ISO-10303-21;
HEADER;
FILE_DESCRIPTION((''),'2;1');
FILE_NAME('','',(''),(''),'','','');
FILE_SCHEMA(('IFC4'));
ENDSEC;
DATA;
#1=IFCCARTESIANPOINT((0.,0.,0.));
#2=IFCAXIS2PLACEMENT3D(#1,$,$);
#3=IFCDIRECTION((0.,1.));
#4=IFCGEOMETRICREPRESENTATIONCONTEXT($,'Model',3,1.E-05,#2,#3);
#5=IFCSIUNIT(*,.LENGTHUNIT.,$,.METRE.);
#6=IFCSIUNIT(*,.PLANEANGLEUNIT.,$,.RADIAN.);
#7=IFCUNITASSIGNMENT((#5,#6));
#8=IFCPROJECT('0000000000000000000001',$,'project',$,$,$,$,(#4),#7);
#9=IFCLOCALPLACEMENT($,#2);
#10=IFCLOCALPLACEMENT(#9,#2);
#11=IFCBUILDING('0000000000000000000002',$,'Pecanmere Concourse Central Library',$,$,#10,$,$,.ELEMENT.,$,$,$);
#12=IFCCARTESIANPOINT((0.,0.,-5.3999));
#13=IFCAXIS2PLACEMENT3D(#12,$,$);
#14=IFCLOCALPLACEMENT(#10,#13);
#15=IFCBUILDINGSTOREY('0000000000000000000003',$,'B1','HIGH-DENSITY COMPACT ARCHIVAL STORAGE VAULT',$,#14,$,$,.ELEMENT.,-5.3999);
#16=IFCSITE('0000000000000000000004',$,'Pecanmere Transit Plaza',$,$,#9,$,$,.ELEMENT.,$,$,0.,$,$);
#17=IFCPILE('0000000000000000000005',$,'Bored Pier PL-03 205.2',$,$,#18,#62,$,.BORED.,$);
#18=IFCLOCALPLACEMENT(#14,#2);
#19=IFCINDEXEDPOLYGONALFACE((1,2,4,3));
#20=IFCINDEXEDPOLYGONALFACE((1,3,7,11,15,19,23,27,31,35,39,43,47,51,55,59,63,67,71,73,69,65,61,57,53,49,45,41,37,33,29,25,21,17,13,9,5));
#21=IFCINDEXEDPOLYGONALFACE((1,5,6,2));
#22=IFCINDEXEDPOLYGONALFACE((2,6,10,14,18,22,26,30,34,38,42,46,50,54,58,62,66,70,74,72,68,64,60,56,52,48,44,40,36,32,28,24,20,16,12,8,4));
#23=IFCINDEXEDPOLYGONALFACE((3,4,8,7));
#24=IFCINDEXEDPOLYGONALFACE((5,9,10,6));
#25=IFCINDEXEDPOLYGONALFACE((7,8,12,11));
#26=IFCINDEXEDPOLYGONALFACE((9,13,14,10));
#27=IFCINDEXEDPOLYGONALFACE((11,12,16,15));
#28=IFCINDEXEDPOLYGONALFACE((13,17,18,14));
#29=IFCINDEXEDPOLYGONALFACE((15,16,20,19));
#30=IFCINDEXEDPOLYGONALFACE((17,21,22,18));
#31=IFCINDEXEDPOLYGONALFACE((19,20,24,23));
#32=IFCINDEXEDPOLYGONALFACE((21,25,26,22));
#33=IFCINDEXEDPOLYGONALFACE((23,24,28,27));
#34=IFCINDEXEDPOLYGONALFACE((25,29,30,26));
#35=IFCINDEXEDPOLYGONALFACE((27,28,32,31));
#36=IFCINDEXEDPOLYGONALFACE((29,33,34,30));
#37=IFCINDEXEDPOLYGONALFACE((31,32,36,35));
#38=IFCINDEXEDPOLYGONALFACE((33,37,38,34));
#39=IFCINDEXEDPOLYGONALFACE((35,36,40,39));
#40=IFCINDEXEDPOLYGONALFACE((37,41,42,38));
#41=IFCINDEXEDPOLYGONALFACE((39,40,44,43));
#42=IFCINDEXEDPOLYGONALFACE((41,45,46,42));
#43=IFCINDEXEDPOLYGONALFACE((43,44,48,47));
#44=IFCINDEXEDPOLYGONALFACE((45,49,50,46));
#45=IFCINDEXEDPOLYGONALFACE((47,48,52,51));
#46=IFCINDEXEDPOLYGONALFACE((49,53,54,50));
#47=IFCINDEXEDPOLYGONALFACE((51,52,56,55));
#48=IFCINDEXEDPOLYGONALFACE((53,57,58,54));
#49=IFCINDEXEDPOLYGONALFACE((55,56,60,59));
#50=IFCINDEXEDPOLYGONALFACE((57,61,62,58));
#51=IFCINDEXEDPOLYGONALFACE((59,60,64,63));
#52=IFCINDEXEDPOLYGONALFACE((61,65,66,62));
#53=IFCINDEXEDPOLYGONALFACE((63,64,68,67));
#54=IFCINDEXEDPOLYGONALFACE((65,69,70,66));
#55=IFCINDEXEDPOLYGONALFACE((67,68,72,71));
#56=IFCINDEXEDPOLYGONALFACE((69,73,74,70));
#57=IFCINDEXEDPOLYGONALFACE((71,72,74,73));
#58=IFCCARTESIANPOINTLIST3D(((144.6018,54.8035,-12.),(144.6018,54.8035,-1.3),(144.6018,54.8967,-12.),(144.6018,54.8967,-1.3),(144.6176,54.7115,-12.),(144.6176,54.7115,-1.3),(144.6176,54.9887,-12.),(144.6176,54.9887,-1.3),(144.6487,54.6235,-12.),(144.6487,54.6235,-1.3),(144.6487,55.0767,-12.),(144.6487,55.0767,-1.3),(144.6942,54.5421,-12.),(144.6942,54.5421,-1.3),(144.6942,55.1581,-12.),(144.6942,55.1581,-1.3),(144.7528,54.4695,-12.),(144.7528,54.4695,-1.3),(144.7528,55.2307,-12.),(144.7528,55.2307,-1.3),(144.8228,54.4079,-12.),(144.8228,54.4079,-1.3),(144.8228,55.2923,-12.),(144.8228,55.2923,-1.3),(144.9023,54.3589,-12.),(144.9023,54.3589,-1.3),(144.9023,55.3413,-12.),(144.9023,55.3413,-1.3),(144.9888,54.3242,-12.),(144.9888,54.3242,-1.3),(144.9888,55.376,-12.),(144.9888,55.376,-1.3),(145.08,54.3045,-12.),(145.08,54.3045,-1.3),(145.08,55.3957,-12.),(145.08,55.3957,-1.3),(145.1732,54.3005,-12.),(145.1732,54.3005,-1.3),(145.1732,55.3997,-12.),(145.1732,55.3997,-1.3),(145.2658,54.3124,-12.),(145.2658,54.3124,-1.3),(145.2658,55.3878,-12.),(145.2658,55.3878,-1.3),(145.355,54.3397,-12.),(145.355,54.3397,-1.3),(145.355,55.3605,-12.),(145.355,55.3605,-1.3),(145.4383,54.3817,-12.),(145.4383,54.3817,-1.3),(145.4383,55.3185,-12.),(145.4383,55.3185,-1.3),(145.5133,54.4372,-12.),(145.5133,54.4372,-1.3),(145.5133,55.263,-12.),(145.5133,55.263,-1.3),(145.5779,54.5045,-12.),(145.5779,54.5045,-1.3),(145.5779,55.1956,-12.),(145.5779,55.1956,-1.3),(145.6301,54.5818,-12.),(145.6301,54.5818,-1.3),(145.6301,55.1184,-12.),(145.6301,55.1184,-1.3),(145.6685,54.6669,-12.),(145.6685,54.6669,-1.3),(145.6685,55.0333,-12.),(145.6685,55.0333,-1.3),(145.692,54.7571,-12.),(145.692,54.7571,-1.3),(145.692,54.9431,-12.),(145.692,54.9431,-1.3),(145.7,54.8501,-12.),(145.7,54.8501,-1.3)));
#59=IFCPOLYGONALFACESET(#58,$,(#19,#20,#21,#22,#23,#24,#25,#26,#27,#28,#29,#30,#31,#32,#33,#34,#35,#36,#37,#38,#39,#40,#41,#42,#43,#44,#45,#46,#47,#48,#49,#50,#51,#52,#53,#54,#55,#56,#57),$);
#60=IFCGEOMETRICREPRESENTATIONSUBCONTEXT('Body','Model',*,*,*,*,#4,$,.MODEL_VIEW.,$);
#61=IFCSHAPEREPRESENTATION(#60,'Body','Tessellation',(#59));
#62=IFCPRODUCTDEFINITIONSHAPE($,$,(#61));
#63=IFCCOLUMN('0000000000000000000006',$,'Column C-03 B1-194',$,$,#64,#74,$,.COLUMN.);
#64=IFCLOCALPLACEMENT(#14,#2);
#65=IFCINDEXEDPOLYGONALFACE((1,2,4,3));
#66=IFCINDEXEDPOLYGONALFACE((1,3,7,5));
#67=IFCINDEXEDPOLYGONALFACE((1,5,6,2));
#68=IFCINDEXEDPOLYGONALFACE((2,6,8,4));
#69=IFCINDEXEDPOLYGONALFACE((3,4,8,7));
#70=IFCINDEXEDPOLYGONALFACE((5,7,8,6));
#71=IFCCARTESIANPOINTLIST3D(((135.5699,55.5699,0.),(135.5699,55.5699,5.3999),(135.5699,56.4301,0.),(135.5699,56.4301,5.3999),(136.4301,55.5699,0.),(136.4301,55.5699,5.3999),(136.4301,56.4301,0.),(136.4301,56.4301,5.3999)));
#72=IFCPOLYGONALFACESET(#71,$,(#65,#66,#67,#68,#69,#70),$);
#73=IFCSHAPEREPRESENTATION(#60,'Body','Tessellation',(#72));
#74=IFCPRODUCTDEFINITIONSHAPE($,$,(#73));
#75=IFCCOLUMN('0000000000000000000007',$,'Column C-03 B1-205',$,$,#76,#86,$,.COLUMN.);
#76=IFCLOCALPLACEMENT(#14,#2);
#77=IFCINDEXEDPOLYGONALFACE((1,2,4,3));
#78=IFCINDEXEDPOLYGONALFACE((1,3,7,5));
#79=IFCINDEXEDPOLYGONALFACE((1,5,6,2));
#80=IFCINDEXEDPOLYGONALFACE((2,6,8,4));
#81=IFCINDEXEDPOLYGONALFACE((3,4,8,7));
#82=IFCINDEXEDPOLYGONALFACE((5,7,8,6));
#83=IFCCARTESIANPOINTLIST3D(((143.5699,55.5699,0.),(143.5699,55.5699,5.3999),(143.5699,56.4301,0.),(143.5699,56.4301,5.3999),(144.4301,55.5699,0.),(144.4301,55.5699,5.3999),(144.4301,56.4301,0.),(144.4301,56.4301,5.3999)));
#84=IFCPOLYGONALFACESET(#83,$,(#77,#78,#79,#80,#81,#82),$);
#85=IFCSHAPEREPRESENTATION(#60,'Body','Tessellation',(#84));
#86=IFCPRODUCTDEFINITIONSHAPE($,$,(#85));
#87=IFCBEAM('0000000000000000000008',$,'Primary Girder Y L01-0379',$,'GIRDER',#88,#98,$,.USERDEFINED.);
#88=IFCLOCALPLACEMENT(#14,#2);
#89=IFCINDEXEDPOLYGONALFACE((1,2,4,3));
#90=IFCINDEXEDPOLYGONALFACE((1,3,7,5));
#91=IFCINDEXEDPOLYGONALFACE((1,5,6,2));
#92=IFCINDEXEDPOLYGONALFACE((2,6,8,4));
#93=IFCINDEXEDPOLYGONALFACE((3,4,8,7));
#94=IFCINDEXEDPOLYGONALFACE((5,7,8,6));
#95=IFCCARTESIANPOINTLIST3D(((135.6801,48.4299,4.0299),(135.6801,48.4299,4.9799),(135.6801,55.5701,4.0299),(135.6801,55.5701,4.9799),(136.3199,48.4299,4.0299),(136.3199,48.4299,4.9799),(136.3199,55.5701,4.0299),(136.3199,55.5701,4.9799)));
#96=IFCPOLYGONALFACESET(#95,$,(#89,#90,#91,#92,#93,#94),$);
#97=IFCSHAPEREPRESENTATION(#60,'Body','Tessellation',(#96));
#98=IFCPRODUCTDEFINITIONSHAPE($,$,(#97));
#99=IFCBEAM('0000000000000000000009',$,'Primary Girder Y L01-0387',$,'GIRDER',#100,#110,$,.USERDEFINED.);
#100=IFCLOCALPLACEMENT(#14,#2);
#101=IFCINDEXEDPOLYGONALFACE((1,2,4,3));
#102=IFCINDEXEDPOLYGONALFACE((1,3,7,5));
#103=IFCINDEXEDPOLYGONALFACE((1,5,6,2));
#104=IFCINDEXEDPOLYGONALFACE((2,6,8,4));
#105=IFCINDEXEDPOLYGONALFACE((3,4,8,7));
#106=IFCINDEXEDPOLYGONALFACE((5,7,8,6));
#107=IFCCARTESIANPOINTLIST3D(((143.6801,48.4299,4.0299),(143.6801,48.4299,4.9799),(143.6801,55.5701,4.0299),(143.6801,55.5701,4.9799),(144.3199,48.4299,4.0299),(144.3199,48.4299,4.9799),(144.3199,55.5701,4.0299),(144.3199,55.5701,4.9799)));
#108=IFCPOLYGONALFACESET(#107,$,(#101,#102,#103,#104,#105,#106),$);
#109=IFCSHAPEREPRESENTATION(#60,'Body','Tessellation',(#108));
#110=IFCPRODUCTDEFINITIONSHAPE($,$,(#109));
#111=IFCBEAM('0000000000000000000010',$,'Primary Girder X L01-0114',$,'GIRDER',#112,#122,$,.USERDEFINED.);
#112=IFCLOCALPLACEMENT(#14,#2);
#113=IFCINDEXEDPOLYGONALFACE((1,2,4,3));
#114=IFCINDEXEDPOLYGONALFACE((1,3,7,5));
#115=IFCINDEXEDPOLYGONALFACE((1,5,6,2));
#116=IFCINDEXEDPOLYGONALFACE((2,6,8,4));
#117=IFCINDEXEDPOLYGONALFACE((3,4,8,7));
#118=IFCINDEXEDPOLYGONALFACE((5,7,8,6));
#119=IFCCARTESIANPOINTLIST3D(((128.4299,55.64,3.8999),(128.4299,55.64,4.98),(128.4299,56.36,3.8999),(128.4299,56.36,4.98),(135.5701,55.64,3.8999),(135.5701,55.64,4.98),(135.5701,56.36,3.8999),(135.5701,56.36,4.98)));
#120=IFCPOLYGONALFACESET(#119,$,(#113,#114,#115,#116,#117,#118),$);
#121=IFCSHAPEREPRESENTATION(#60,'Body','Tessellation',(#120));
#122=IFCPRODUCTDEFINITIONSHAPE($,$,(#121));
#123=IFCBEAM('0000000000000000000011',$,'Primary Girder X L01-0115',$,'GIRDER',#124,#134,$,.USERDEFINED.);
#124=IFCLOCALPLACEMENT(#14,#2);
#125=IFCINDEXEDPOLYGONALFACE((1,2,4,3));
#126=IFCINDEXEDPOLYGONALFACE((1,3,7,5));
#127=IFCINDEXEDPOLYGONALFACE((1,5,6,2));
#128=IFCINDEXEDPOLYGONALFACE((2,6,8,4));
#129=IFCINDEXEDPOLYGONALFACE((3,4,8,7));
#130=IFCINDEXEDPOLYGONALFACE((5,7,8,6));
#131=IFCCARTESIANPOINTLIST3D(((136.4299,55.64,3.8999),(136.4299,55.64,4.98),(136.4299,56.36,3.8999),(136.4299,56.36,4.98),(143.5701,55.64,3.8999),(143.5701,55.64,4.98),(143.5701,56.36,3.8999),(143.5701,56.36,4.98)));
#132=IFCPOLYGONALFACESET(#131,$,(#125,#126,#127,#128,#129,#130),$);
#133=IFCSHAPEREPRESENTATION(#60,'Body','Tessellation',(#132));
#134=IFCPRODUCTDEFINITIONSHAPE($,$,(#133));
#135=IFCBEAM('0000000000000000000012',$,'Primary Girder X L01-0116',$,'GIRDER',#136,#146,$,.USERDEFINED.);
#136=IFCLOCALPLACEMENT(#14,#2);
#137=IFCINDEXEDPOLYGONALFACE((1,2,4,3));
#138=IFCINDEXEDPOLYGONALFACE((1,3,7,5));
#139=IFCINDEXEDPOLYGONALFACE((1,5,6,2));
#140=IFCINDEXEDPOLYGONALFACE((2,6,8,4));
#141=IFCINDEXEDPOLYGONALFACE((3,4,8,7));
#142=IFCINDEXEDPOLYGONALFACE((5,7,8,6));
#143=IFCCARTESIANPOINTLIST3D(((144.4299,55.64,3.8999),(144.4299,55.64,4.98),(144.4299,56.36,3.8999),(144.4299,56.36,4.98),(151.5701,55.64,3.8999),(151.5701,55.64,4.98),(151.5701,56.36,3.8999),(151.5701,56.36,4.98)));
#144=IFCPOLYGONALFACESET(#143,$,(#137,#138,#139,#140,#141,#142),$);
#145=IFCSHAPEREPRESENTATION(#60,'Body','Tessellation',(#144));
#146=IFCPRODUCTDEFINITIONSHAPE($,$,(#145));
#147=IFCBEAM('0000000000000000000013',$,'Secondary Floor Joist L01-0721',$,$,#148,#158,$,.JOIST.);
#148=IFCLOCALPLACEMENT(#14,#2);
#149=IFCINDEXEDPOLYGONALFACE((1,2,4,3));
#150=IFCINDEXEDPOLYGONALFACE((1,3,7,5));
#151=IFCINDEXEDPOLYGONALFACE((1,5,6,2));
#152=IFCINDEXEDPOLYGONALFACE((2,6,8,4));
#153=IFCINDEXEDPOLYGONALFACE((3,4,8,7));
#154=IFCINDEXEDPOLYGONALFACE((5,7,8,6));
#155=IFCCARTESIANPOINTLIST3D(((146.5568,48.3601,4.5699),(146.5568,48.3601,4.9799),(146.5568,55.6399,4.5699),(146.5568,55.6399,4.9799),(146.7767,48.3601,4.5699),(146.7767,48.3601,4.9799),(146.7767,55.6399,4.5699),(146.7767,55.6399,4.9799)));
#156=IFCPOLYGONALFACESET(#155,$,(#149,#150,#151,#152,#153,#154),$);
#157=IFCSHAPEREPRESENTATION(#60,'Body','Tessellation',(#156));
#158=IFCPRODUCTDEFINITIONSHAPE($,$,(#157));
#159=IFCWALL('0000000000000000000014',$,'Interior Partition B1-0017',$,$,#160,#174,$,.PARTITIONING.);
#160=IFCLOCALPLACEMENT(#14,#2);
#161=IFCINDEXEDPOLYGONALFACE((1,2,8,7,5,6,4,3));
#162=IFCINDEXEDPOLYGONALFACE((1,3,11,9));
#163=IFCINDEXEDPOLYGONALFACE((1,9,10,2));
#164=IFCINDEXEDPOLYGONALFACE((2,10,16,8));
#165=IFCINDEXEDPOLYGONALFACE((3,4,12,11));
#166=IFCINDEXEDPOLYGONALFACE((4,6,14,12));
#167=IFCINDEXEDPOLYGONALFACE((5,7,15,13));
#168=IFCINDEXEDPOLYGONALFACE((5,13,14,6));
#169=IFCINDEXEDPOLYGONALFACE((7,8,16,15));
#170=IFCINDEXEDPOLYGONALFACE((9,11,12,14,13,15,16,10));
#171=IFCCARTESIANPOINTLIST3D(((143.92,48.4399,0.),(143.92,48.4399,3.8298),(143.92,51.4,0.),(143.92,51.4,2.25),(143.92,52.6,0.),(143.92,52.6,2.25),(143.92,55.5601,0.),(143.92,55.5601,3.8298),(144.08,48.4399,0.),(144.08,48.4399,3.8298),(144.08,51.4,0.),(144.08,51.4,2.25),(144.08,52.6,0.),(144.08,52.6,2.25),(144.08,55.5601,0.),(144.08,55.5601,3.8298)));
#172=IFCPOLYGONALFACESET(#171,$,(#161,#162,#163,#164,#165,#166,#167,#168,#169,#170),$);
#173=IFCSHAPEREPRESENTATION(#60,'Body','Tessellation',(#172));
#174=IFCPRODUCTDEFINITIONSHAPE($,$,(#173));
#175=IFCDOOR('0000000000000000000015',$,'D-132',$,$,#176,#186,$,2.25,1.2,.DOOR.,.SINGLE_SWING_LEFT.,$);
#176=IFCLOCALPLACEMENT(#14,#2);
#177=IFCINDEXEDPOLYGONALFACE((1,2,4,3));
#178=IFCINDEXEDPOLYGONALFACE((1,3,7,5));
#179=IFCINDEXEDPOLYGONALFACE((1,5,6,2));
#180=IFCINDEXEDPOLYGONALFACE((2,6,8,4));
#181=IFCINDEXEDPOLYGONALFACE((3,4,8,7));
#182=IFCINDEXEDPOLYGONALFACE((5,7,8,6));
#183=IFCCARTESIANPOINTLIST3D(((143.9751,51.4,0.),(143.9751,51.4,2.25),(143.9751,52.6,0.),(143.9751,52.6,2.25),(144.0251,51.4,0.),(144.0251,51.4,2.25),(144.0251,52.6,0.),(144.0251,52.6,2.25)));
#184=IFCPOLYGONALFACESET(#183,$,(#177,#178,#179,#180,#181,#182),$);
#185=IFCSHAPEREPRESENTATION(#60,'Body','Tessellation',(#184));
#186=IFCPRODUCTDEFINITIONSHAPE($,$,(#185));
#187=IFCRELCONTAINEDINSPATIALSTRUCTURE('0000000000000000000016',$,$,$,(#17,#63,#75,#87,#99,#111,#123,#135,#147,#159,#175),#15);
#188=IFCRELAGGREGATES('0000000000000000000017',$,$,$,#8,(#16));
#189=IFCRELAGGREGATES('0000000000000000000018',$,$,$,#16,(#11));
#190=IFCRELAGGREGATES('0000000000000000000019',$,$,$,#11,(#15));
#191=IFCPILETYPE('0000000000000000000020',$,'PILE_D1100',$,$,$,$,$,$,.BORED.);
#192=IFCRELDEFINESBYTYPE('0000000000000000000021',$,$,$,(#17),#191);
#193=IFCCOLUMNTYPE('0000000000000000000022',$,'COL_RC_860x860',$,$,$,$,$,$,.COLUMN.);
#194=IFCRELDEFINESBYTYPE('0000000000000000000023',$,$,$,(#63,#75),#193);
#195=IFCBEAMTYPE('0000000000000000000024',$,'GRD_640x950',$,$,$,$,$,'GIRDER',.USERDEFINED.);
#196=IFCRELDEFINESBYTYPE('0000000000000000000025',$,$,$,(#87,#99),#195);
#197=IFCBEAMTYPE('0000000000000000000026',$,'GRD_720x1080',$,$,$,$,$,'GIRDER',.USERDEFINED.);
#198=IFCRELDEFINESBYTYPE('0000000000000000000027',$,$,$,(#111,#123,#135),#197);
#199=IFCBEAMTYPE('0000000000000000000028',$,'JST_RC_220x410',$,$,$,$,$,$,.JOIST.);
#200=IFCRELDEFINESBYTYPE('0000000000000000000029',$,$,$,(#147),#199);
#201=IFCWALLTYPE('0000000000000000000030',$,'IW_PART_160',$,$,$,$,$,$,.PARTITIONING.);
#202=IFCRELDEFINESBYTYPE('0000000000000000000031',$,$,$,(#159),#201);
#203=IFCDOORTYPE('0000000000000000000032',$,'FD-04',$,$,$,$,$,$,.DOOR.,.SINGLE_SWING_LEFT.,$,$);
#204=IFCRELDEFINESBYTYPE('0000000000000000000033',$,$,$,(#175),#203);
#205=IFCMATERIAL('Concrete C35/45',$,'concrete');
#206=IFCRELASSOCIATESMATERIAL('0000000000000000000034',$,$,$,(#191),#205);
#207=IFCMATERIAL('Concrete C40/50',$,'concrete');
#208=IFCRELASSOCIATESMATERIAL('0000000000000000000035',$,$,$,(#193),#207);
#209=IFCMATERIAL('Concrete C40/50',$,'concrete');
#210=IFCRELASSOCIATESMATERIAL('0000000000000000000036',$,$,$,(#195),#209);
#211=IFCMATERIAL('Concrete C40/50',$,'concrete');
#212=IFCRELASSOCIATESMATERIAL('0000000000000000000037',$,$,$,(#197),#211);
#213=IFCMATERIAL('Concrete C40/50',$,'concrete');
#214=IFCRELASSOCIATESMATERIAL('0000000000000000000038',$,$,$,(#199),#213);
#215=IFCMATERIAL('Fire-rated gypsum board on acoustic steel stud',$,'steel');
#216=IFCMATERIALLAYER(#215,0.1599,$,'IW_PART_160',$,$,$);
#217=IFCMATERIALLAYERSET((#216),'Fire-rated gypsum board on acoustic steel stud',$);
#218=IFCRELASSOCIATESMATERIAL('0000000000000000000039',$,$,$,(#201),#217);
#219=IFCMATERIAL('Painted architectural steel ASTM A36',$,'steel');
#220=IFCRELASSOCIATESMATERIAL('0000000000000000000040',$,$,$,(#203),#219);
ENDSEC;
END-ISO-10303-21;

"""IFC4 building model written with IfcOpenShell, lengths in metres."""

from ifc_helpers import new_model, si_unit, direction, frame, frame_2d, origin, origin_2d, place, context, subcontext, project, spatial, rectangle, circle, extrude, material, layer, layer_set, material_profile, profile_set, type_object, element, fill, save


model = new_model("IFC4")

# Units and contexts
model_context = context("Model", 3, precision=1e-05, world=origin(), true_north=direction((0.0, 1.0)))
body_context = subcontext(model_context, "Body", "Model", "MODEL_VIEW")
ifc_project = project(units=[si_unit("LENGTHUNIT", "METRE"), si_unit("PLANEANGLEUNIT", "RADIAN")], contexts=[model_context])

# Site, building, storey
site_placement = place(None, origin())
site = spatial("IfcSite", under=ifc_project, at=site_placement, Name="Pecanmere Transit Plaza", CompositionType="ELEMENT", RefElevation=0.0)
building_placement = place(site_placement, origin())
building = spatial("IfcBuilding", under=site, at=building_placement, Name="Pecanmere Concourse Central Library", CompositionType="ELEMENT")
storey_placement = place(building_placement, frame((0.0, 0.0, -5.3999)))
storey = spatial("IfcBuildingStorey", under=building, at=storey_placement, Name="B1", Description="HIGH-DENSITY COMPACT ARCHIVAL STORAGE VAULT", CompositionType="ELEMENT", Elevation=-5.3999)

# Pile
ifc_material_1 = material(Name="Concrete C35/45", Category="concrete")
ifc_material_profile_1 = material_profile(ifc_material_1, circle(Radius=0.55, at=origin_2d()), Name="PIER D1100")
ifc_profile_set_1 = profile_set([ifc_material_profile_1], Name="Concrete C35/45")
pile_type = type_object("IfcPileType", Name="PILE_D1100", PredefinedType="BORED", material=ifc_profile_set_1)
for number, where, z_axis, x_axis, name in (
    (1, (145.1499, 54.8501, -1.3), (0.0, 0.0, -1.0), (1.0, 0.0, 0.0), "Bored Pier PL-03 205.2"),
):
    element("IfcPile", number, at=place(storey_placement, frame(where, z_axis=z_axis, x_axis=x_axis)), inside=storey, type_object=pile_type, Name=name, PredefinedType="BORED", context=body_context, shape_type="SweptSolid", body=[
        extrude(circle(Radius=0.55, at=origin_2d()), origin(), (0.0, 0.0, 1.0), 10.7),
    ])

# Columns
ifc_material_2 = material(Name="Concrete C40/50", Category="concrete")
ifc_material_profile_2 = material_profile(ifc_material_2, rectangle(XDim=0.8601, YDim=0.8601, at=origin_2d()), Name="RC 860x860")
ifc_profile_set_2 = profile_set([ifc_material_profile_2], Name="Concrete C40/50")
column_type = type_object("IfcColumnType", Name="COL_RC_860x860", PredefinedType="COLUMN", material=ifc_profile_set_2)
for number, where, z_axis, x_axis, name in (
    (2, (136.0, 56.0, 0.0), (0.0, 0.0, 1.0), (1.0, 0.0, 0.0), "Column C-03 B1-194"),
    (3, (144.0, 56.0, 0.0), (0.0, 0.0, 1.0), (1.0, 0.0, 0.0), "Column C-03 B1-205"),
):
    element("IfcColumn", number, at=place(storey_placement, frame(where, z_axis=z_axis, x_axis=x_axis)), inside=storey, type_object=column_type, Name=name, PredefinedType="COLUMN", context=body_context, shape_type="SweptSolid", body=[
        extrude(rectangle(XDim=0.8601, YDim=0.8601, at=origin_2d()), origin(), (0.0, 0.0, 1.0), 5.3999),
    ])

# Beams
ifc_material_3 = material(Name="Concrete C40/50", Category="concrete")
ifc_material_profile_3 = material_profile(ifc_material_3, rectangle(XDim=0.6399, YDim=0.95, at=origin_2d()), Name="RC 640x950")
ifc_profile_set_3 = profile_set([ifc_material_profile_3], Name="Concrete C40/50")
beam_type_1 = type_object("IfcBeamType", Name="GRD_640x950", ElementType="GIRDER", PredefinedType="USERDEFINED", material=ifc_profile_set_3)
for number, where, z_axis, x_axis, name in (
    (4, (136.0, 48.4299, 4.5049), (0.0, 1.0, 0.0), (-1.0, 0.0, 0.0), "Primary Girder Y L01-0379"),
    (5, (144.0, 48.4299, 4.5049), (0.0, 1.0, 0.0), (-1.0, 0.0, 0.0), "Primary Girder Y L01-0387"),
):
    element("IfcBeam", number, at=place(storey_placement, frame(where, z_axis=z_axis, x_axis=x_axis)), inside=storey, type_object=beam_type_1, Name=name, ObjectType="GIRDER", PredefinedType="USERDEFINED", context=body_context, shape_type="SweptSolid", body=[
        extrude(rectangle(XDim=0.6399, YDim=0.95, at=origin_2d()), origin(), (0.0, 0.0, 1.0), 7.1401),
    ])
ifc_material_4 = material(Name="Concrete C40/50", Category="concrete")
ifc_material_profile_4 = material_profile(ifc_material_4, rectangle(XDim=0.72, YDim=1.0801, at=origin_2d()), Name="RC 720x1080")
ifc_profile_set_4 = profile_set([ifc_material_profile_4], Name="Concrete C40/50")
beam_type_2 = type_object("IfcBeamType", Name="GRD_720x1080", ElementType="GIRDER", PredefinedType="USERDEFINED", material=ifc_profile_set_4)
for number, where, z_axis, x_axis, name in (
    (6, (128.4299, 56.0, 4.4399), (1.0, 0.0, 0.0), (0.0, 1.0, 0.0), "Primary Girder X L01-0114"),
    (7, (136.4299, 56.0, 4.4399), (1.0, 0.0, 0.0), (0.0, 1.0, 0.0), "Primary Girder X L01-0115"),
    (8, (144.4299, 56.0, 4.4399), (1.0, 0.0, 0.0), (0.0, 1.0, 0.0), "Primary Girder X L01-0116"),
):
    element("IfcBeam", number, at=place(storey_placement, frame(where, z_axis=z_axis, x_axis=x_axis)), inside=storey, type_object=beam_type_2, Name=name, ObjectType="GIRDER", PredefinedType="USERDEFINED", context=body_context, shape_type="SweptSolid", body=[
        extrude(rectangle(XDim=0.72, YDim=1.0801, at=origin_2d()), origin(), (0.0, 0.0, 1.0), 7.1401),
    ])
ifc_material_5 = material(Name="Concrete C40/50", Category="concrete")
ifc_material_profile_5 = material_profile(ifc_material_5, rectangle(XDim=0.22, YDim=0.4099, at=origin_2d()), Name="RC 220x410")
ifc_profile_set_5 = profile_set([ifc_material_profile_5], Name="Concrete C40/50")
beam_type_3 = type_object("IfcBeamType", Name="JST_RC_220x410", PredefinedType="JOIST", material=ifc_profile_set_5)
beam_placement = place(storey_placement, frame((146.6667, 48.3601, 4.7749), z_axis=(0.0, 1.0, 0.0), x_axis=(-1.0, 0.0, 0.0)))
element("IfcBeam", 9, at=beam_placement, inside=storey, type_object=beam_type_3, Name="Secondary Floor Joist L01-0721", PredefinedType="JOIST", context=body_context, shape_type="SweptSolid", body=[
    extrude(rectangle(XDim=0.22, YDim=0.4099, at=origin_2d()), origin(), (0.0, 0.0, 1.0), 7.2798),
])

# Wall, opening, door
ifc_material_6 = material(Name="Fire-rated gypsum board on acoustic steel stud", Category="steel")
ifc_layer = layer(ifc_material_6, 0.1599, Name="IW_PART_160")
ifc_layer_set = layer_set([ifc_layer], Name="Fire-rated gypsum board on acoustic steel stud")
wall_type = type_object("IfcWallType", Name="IW_PART_160", PredefinedType="PARTITIONING", material=ifc_layer_set)
wall_placement = place(storey_placement, frame((144.0, 48.4399, 0.0), z_axis=(0.0, 0.0, 1.0), x_axis=(0.0, 1.0, 0.0)))
wall = element("IfcWall", 10, at=wall_placement, inside=storey, type_object=wall_type, Name="Interior Partition B1-0017", PredefinedType="PARTITIONING", context=body_context, shape_type="SweptSolid", body=[
    extrude(rectangle(XDim=7.1201, YDim=0.1599, at=frame_2d((3.5601, 0.0))), origin(), (0.0, 0.0, 1.0), 3.8298),
])
opening_placement = place(wall_placement, frame((2.96, 0.0, 0.0)))
opening = element("IfcOpeningElement", 11, at=opening_placement, cuts=wall, PredefinedType="OPENING", context=body_context, shape_type="SweptSolid", body=[
    extrude(rectangle(XDim=1.2, YDim=2.25, at=frame_2d((0.6001, 1.125))), frame((0.0, 0.0918, 0.0), z_axis=(0.0, -1.0, 0.0), x_axis=(1.0, 0.0, 0.0)), (0.0, 0.0, 1.0), 0.1838),
])
ifc_material_7 = material(Name="Painted architectural steel ASTM A36", Category="steel")
door_type = type_object("IfcDoorType", Name="FD-04", OperationType="SINGLE_SWING_LEFT", PredefinedType="DOOR", material=ifc_material_7)
door_placement = place(opening_placement, origin())
door = element("IfcDoor", 12, at=door_placement, inside=storey, type_object=door_type, Name="D-132", OperationType="SINGLE_SWING_LEFT", OverallHeight=2.25, OverallWidth=1.2, PredefinedType="DOOR", context=body_context, shape_type="SweptSolid", body=[
    extrude(rectangle(XDim=1.2, YDim=2.25, at=frame_2d((0.6001, 1.125))), frame((0.0, 0.0249, 0.0), z_axis=(0.0, -1.0, 0.0), x_axis=(1.0, 0.0, 0.0)), (0.0, 0.0, 1.0), 0.05),
])
fill(opening, door)

save(model, "model.ifc")
